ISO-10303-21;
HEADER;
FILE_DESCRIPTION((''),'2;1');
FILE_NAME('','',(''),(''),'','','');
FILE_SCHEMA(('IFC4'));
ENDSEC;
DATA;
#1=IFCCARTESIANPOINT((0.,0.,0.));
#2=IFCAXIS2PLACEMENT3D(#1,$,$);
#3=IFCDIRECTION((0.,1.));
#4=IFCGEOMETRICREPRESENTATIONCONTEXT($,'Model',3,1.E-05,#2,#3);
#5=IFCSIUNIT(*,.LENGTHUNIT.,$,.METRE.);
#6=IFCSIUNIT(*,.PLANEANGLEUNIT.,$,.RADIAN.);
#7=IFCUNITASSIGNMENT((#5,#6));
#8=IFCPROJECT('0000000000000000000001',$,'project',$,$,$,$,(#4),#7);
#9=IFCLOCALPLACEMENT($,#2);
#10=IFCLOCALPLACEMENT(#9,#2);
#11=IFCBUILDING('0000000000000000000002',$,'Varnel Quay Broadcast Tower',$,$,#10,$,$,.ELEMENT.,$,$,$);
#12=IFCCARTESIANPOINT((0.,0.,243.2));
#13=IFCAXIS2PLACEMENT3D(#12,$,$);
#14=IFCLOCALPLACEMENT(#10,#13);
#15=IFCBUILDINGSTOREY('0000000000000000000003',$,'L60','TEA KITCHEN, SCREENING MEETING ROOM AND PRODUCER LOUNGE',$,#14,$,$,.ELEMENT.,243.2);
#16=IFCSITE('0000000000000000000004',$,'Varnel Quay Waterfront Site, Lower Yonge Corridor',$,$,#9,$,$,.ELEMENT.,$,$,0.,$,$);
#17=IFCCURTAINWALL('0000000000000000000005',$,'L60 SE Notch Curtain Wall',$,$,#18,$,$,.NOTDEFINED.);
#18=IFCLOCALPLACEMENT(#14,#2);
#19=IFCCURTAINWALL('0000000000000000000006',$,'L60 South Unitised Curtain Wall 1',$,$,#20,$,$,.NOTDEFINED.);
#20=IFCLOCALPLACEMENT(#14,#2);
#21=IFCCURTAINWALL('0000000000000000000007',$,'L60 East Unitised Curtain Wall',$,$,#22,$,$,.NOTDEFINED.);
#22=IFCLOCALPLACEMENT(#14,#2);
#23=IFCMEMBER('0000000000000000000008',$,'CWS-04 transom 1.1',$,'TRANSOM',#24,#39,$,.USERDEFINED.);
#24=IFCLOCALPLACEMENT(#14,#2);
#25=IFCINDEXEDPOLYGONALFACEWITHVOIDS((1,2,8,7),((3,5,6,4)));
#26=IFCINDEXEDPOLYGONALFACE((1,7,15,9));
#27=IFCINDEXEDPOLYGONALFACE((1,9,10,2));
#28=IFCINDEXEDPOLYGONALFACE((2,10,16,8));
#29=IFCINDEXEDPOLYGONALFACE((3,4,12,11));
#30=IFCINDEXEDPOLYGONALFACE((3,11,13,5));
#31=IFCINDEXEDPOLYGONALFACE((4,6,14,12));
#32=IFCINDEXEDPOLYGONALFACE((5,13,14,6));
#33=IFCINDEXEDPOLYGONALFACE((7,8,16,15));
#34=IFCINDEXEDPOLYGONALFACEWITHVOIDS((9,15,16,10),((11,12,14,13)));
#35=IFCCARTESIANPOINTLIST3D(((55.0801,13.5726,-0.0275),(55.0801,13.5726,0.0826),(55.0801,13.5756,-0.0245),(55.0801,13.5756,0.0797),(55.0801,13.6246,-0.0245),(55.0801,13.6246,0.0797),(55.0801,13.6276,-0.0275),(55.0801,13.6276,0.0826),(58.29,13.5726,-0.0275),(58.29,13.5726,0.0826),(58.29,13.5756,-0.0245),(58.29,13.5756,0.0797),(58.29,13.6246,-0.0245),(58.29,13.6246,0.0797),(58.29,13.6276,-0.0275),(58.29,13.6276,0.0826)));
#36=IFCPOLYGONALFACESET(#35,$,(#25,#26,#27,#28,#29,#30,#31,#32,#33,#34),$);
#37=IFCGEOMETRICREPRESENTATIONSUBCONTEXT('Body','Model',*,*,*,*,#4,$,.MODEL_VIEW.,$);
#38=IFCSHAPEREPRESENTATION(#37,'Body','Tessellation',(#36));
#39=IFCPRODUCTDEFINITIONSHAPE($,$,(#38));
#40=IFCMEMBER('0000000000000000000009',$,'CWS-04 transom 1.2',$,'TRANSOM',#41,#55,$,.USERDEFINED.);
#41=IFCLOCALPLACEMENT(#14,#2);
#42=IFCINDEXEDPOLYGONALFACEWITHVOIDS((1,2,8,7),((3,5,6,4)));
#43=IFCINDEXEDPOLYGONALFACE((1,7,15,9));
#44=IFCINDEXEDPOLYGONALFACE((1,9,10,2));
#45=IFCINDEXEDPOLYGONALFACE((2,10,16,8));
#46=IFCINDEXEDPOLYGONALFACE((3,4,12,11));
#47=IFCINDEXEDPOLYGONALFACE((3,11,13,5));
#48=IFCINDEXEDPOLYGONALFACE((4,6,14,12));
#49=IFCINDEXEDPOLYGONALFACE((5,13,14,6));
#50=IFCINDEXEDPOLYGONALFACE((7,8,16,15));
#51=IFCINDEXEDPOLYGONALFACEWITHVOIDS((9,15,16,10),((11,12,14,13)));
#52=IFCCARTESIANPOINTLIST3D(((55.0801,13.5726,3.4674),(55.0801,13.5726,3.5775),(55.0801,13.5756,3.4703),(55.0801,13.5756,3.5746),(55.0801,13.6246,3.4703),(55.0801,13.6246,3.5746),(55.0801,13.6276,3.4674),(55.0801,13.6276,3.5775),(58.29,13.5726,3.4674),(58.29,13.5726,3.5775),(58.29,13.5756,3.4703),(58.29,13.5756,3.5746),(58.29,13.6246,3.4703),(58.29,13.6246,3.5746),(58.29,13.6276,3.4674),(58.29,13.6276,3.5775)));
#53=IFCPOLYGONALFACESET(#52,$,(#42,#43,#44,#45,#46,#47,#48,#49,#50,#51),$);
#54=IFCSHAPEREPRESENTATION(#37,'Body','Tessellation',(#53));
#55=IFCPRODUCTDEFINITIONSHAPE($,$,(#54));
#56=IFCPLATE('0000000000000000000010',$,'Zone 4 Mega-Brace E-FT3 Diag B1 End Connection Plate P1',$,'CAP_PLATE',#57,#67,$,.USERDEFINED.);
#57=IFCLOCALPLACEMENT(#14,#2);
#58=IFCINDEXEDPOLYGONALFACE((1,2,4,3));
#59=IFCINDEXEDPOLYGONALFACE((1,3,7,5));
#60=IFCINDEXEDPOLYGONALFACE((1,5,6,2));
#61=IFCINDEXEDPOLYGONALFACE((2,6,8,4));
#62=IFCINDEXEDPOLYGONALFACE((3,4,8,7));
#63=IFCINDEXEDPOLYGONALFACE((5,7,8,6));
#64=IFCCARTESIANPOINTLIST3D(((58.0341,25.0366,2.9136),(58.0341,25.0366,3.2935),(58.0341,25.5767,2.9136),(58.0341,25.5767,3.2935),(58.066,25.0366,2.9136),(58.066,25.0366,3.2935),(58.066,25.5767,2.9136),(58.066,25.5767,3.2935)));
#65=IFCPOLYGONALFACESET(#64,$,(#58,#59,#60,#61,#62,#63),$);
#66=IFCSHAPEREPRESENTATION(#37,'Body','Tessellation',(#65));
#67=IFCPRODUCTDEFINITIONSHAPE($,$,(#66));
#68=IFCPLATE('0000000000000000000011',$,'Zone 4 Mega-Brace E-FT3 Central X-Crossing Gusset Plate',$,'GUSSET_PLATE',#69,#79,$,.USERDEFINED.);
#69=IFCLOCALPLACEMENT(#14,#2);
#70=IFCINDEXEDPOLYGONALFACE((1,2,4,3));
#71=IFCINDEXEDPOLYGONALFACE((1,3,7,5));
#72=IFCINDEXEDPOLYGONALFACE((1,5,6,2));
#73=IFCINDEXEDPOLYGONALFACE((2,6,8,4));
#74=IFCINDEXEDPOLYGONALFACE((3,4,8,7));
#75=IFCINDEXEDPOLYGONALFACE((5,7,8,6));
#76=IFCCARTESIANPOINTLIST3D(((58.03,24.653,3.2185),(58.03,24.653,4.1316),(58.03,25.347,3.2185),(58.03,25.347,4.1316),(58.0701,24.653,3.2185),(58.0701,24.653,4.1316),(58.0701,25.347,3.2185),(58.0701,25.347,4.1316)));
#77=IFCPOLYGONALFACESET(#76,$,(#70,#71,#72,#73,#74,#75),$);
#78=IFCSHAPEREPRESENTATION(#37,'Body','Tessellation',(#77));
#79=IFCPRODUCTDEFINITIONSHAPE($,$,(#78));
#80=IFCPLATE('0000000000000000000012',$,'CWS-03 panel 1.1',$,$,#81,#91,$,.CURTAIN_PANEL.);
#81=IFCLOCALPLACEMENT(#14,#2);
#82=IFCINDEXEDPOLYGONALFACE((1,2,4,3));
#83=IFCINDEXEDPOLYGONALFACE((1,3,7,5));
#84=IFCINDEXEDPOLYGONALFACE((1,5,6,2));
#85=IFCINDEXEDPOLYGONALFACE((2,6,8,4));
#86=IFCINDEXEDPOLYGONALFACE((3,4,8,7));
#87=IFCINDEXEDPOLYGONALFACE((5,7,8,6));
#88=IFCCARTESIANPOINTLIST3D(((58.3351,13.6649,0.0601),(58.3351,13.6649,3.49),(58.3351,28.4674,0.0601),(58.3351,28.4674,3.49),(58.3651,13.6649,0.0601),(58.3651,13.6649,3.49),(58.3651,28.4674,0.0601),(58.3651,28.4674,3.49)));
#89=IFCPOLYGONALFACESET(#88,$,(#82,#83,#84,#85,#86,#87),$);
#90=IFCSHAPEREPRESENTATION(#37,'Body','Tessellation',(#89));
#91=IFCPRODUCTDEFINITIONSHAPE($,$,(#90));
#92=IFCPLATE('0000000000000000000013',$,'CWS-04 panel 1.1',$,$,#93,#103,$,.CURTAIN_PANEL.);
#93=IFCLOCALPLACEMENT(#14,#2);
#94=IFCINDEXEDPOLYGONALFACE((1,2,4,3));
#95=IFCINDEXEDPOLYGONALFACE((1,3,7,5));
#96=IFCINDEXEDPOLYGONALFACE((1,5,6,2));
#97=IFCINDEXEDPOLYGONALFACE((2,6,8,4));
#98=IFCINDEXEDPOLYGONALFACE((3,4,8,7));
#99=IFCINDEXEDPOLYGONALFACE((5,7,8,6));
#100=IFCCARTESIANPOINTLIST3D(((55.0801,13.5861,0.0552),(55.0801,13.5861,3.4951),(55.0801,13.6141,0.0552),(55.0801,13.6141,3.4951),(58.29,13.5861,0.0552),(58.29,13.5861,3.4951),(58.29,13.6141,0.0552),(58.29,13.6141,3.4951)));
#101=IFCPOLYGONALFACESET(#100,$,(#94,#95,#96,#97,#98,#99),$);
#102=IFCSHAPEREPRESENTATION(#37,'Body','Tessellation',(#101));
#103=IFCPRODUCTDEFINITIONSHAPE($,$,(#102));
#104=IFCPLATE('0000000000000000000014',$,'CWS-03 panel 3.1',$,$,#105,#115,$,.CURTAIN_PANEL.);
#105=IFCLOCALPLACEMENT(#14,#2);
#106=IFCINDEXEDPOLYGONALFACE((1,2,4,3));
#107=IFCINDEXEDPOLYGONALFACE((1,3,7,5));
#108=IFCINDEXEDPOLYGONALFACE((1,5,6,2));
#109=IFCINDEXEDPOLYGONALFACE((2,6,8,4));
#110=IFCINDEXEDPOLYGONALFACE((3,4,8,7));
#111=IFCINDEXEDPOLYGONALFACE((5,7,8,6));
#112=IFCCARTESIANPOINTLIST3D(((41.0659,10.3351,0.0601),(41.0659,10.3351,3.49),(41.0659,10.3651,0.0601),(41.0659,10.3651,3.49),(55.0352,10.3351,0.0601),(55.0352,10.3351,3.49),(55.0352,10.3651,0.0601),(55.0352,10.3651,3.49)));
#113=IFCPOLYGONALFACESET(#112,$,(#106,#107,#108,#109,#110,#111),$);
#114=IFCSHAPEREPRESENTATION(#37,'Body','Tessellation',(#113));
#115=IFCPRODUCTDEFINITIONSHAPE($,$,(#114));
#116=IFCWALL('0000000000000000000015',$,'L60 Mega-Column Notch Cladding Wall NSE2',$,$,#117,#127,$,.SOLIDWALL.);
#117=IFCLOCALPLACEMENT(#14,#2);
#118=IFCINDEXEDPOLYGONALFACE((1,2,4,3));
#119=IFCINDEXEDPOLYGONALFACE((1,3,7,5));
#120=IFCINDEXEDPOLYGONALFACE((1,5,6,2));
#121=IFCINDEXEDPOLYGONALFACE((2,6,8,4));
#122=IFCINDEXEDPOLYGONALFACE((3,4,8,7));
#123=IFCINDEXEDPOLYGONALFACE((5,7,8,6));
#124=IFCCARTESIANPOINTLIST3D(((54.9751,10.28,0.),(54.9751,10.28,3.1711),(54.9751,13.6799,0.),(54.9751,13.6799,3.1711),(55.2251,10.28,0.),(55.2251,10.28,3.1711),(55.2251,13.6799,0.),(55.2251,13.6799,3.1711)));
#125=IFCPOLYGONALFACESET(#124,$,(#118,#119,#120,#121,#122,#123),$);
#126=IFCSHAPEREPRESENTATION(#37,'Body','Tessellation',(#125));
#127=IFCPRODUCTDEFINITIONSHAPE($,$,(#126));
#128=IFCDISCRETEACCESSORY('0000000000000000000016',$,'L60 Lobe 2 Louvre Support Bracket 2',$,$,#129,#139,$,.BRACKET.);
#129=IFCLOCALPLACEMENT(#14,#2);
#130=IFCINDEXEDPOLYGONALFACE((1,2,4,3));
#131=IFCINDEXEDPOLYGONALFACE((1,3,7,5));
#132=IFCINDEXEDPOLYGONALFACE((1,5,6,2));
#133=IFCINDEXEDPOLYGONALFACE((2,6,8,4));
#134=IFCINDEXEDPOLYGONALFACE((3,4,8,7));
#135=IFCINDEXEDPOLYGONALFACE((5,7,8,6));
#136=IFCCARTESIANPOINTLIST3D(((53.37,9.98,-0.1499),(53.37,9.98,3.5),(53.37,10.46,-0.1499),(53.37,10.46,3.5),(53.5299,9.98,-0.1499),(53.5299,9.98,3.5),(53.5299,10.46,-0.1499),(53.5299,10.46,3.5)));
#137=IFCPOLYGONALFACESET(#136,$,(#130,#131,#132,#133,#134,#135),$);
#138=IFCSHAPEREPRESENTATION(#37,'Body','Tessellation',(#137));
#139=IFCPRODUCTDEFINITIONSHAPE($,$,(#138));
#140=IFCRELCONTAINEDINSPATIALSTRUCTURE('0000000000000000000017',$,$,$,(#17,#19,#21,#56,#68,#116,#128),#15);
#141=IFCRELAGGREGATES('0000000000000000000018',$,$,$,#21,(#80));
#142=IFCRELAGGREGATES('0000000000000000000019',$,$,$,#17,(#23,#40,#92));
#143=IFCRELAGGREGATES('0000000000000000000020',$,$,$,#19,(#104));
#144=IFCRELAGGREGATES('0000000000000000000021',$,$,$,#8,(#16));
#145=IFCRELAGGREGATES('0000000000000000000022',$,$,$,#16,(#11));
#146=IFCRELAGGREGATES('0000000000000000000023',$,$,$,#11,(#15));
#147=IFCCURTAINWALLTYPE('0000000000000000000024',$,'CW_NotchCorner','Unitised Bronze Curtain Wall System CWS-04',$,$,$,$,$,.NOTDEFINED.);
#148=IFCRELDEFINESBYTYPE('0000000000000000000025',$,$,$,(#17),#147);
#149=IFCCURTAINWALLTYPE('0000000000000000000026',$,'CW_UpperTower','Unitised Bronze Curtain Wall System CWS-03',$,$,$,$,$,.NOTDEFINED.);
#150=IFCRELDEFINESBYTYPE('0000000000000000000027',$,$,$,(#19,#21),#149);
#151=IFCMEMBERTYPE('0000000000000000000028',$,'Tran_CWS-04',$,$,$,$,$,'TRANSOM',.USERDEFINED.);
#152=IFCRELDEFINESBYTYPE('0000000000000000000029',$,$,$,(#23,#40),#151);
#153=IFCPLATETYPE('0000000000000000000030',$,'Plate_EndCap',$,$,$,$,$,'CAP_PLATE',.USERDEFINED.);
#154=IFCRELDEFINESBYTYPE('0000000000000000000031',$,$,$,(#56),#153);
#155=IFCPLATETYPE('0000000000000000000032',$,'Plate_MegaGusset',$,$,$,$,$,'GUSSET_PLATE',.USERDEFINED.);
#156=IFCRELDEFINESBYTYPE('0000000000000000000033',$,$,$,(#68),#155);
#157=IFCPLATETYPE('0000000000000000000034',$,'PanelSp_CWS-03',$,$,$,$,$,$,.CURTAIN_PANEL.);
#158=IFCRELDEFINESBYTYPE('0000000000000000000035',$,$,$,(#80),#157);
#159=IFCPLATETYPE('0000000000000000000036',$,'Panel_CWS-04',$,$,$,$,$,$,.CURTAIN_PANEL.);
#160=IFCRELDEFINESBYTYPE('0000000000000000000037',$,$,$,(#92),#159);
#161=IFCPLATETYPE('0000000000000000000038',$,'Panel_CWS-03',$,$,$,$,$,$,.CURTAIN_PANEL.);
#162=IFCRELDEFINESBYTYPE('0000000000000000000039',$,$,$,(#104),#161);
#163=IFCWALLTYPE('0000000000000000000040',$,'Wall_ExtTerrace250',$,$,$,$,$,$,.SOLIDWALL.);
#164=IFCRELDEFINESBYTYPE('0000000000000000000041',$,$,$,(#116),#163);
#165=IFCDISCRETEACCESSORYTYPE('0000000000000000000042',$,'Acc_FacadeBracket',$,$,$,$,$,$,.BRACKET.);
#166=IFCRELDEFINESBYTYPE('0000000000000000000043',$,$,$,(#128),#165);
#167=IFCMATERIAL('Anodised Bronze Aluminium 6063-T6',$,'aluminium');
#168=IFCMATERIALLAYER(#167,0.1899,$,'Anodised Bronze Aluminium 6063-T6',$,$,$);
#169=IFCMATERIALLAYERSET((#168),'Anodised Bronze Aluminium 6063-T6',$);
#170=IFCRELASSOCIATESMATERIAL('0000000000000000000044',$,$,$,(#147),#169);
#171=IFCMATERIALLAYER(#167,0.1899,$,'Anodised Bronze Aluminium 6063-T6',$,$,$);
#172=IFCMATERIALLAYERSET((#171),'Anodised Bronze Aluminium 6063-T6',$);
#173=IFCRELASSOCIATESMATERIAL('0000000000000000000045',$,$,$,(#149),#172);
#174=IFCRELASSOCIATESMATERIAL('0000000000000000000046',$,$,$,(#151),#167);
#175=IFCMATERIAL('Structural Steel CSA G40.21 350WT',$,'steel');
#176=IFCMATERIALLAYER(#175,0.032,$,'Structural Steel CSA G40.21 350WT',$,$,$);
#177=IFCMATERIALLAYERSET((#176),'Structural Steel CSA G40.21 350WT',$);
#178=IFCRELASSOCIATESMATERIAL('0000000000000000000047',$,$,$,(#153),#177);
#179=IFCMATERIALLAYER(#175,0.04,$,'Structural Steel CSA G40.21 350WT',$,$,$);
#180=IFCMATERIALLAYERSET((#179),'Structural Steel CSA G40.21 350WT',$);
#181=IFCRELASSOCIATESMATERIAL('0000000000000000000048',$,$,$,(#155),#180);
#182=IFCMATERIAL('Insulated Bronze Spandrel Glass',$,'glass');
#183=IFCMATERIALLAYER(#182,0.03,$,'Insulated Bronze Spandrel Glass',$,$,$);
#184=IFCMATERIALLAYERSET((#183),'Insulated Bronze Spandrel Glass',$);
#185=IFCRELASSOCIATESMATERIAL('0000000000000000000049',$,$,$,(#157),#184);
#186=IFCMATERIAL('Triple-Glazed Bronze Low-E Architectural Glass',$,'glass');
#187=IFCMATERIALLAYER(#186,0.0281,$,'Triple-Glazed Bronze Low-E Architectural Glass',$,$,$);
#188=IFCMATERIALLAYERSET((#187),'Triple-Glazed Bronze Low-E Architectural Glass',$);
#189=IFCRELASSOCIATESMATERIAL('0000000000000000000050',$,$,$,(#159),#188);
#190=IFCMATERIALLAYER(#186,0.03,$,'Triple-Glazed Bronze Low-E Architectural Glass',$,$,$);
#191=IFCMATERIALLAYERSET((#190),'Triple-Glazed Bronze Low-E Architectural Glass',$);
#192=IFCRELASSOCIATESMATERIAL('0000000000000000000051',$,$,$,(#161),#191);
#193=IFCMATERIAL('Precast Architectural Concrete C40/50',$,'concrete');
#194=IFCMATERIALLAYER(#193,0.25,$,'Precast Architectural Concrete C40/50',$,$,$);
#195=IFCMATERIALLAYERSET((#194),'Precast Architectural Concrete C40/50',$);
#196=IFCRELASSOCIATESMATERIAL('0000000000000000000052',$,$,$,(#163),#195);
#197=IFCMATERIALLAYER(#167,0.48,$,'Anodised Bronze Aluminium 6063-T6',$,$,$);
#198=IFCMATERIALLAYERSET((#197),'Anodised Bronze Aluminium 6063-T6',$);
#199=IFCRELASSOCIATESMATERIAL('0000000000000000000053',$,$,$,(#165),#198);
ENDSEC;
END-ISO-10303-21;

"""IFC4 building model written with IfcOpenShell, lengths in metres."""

from ifc_helpers import new_model, si_unit, direction, frame, frame_2d, origin, origin_2d, place, context, subcontext, project, spatial, rectangle, hollow_rectangle, extrude, source, transform, mapped, material, layer, layer_set, material_profile, profile_set, type_object, type_shapes, element, aggregate, save


model = new_model("IFC4")

# Units and contexts
model_context = context("Model", 3, precision=1e-05, world=origin(), true_north=direction((0.0, 1.0)))
body_context = subcontext(model_context, "Body", "Model", "MODEL_VIEW")
ifc_project = project(units=[si_unit("LENGTHUNIT", "METRE"), si_unit("PLANEANGLEUNIT", "RADIAN")], contexts=[model_context])

# Site, building, storey
site_placement = place(None, origin())
site = spatial("IfcSite", under=ifc_project, at=site_placement, Name="Varnel Quay Waterfront Site, Lower Yonge Corridor", CompositionType="ELEMENT", RefElevation=0.0)
building_placement = place(site_placement, origin())
building = spatial("IfcBuilding", under=site, at=building_placement, Name="Varnel Quay Broadcast Tower", CompositionType="ELEMENT")
storey_placement = place(building_placement, frame((0.0, 0.0, 243.2)))
storey = spatial("IfcBuildingStorey", under=building, at=storey_placement, Name="L60", Description="TEA KITCHEN, SCREENING MEETING ROOM AND PRODUCER LOUNGE", CompositionType="ELEMENT", Elevation=243.2)

# Shared definitions
ifc_material_1 = material(Name="Structural Steel CSA G40.21 350WT", Category="steel")

# Curtain wall
ifc_material_2 = material(Name="Anodised Bronze Aluminium 6063-T6", Category="aluminium")
ifc_layer_1 = layer(ifc_material_2, 0.1899, Name="Anodised Bronze Aluminium 6063-T6")
ifc_layer_set_1 = layer_set([ifc_layer_1], Name="Anodised Bronze Aluminium 6063-T6")
curtain_wall_type_1 = type_object("IfcCurtainWallType", Name="CW_NotchCorner", Description="Unitised Bronze Curtain Wall System CWS-04", PredefinedType="NOTDEFINED", material=ifc_layer_set_1)
curtain_wall_1_placement = place(storey_placement, origin())
curtain_wall_1 = element("IfcCurtainWall", 1, at=curtain_wall_1_placement, inside=storey, type_object=curtain_wall_type_1, Name="L60 SE Notch Curtain Wall", PredefinedType="NOTDEFINED")

# Curtain wall
ifc_layer_2 = layer(ifc_material_2, 0.1899, Name="Anodised Bronze Aluminium 6063-T6")
ifc_layer_set_2 = layer_set([ifc_layer_2], Name="Anodised Bronze Aluminium 6063-T6")
curtain_wall_type_2 = type_object("IfcCurtainWallType", Name="CW_UpperTower", Description="Unitised Bronze Curtain Wall System CWS-03", PredefinedType="NOTDEFINED", material=ifc_layer_set_2)
curtain_wall_2_placement = place(storey_placement, origin())
curtain_wall_2 = element("IfcCurtainWall", 2, at=curtain_wall_2_placement, inside=storey, type_object=curtain_wall_type_2, Name="L60 South Unitised Curtain Wall 1", PredefinedType="NOTDEFINED")

# Curtain wall
curtain_wall_3_placement = place(storey_placement, origin())
curtain_wall_3 = element("IfcCurtainWall", 3, at=curtain_wall_3_placement, inside=storey, type_object=curtain_wall_type_2, Name="L60 East Unitised Curtain Wall", PredefinedType="NOTDEFINED")

# Members
ifc_material_profile_1 = material_profile(ifc_material_2, hollow_rectangle(XDim=0.0549, YDim=0.1101, WallThickness=0.0029, at=origin_2d()), Name="ALU55X110X3")
ifc_profile_set_1 = profile_set([ifc_material_profile_1], Name="Anodised Bronze Aluminium 6063-T6")
member_type_1 = type_object("IfcMemberType", Name="Tran_CWS-04", ElementType="TRANSOM", PredefinedType="USERDEFINED", material=ifc_profile_set_1)
shared_shape_1 = source(origin(), body_context, "Body", "SweptSolid", [
    extrude(hollow_rectangle(XDim=0.0549, YDim=0.1101, WallThickness=0.0029, at=origin_2d()), origin(), (0.0, 0.0, 1.0), 3.21),
])
type_shapes(member_type_1, [shared_shape_1])
member_1_placement = place(storey_placement, frame((55.0801, 13.6001, 0.0276), z_axis=(1.0, 0.0, 0.0), x_axis=(0.0, 1.0, 0.0)))
member_1 = element("IfcMember", 4, at=member_1_placement, type_object=member_type_1, Name="CWS-04 transom 1.1", ObjectType="TRANSOM", PredefinedType="USERDEFINED", context=body_context, shape_type="MappedRepresentation", body=[
    mapped(shared_shape_1, transform((0.0, 0.0, 0.0), x_axis=(1.0, 0.0, 0.0), y_axis=(0.0, 1.0, 0.0), z_axis=(0.0, 0.0, 1.0), scale=1.0)),
])
member_2_placement = place(storey_placement, frame((55.0801, 13.6001, 3.5225), z_axis=(1.0, 0.0, 0.0), x_axis=(0.0, 1.0, 0.0)))
member_2 = element("IfcMember", 5, at=member_2_placement, type_object=member_type_1, Name="CWS-04 transom 1.2", ObjectType="TRANSOM", PredefinedType="USERDEFINED", context=body_context, shape_type="MappedRepresentation", body=[
    mapped(shared_shape_1, transform((0.0, 0.0, 0.0), x_axis=(1.0, 0.0, 0.0), y_axis=(0.0, 1.0, 0.0), z_axis=(0.0, 0.0, 1.0), scale=1.0)),
])

# Plates
ifc_layer_3 = layer(ifc_material_1, 0.032, Name="Structural Steel CSA G40.21 350WT")
ifc_layer_set_3 = layer_set([ifc_layer_3], Name="Structural Steel CSA G40.21 350WT")
plate_type_1 = type_object("IfcPlateType", Name="Plate_EndCap", ElementType="CAP_PLATE", PredefinedType="USERDEFINED", material=ifc_layer_set_3)
shared_shape_2 = source(origin(), body_context, "Body", "SweptSolid", [
    extrude(rectangle(XDim=0.54, YDim=0.032, at=origin_2d()), origin(), (0.0, 0.0, 1.0), 0.3799),
])
type_shapes(plate_type_1, [shared_shape_2])
plate_1_placement = place(storey_placement, frame((58.05, 25.3066, 2.9136), z_axis=(0.0, 0.0, 1.0), x_axis=(0.0, 1.0, 0.0)))
element("IfcPlate", 6, at=plate_1_placement, inside=storey, type_object=plate_type_1, Name="Zone 4 Mega-Brace E-FT3 Diag B1 End Connection Plate P1", ObjectType="CAP_PLATE", PredefinedType="USERDEFINED", context=body_context, shape_type="MappedRepresentation", body=[
    mapped(shared_shape_2, transform((0.0, 0.0, 0.0), x_axis=(1.0, 0.0, 0.0), y_axis=(0.0, 1.0, 0.0), z_axis=(0.0, 0.0, 1.0), scale=1.0)),
])
ifc_layer_4 = layer(ifc_material_1, 0.04, Name="Structural Steel CSA G40.21 350WT")
ifc_layer_set_4 = layer_set([ifc_layer_4], Name="Structural Steel CSA G40.21 350WT")
plate_type_2 = type_object("IfcPlateType", Name="Plate_MegaGusset", ElementType="GUSSET_PLATE", PredefinedType="USERDEFINED", material=ifc_layer_set_4)
shared_shape_3 = source(origin(), body_context, "Body", "SweptSolid", [
    extrude(rectangle(XDim=0.6941, YDim=0.04, at=origin_2d()), origin(), (0.0, 0.0, 1.0), 0.9131),
])
type_shapes(plate_type_2, [shared_shape_3])
plate_2_placement = place(storey_placement, frame((58.05, 25.0, 3.2185), z_axis=(0.0, 0.0, 1.0), x_axis=(0.0, 1.0, 0.0)))
element("IfcPlate", 7, at=plate_2_placement, inside=storey, type_object=plate_type_2, Name="Zone 4 Mega-Brace E-FT3 Central X-Crossing Gusset Plate", ObjectType="GUSSET_PLATE", PredefinedType="USERDEFINED", context=body_context, shape_type="MappedRepresentation", body=[
    mapped(shared_shape_3, transform((0.0, 0.0, 0.0), x_axis=(1.0, 0.0, 0.0), y_axis=(0.0, 1.0, 0.0), z_axis=(0.0, 0.0, 1.0), scale=1.0)),
])

# Plates
ifc_material_3 = material(Name="Insulated Bronze Spandrel Glass", Category="glass")
ifc_layer_5 = layer(ifc_material_3, 0.03, Name="Insulated Bronze Spandrel Glass")
ifc_layer_set_5 = layer_set([ifc_layer_5], Name="Insulated Bronze Spandrel Glass")
plate_type_3 = type_object("IfcPlateType", Name="PanelSp_CWS-03", PredefinedType="CURTAIN_PANEL", material=ifc_layer_set_5)
shared_shape_4 = source(origin(), body_context, "Body", "SweptSolid", [
    extrude(rectangle(XDim=14.8025, YDim=0.03, at=origin_2d()), origin(), (0.0, 0.0, 1.0), 3.4299),
])
type_shapes(plate_type_3, [shared_shape_4])
plate_3_placement = place(storey_placement, frame((58.3501, 21.0662, 0.0601), z_axis=(0.0, 0.0, 1.0), x_axis=(0.0, 1.0, 0.0)))
plate_3 = element("IfcPlate", 8, at=plate_3_placement, type_object=plate_type_3, Name="CWS-03 panel 1.1", PredefinedType="CURTAIN_PANEL", context=body_context, shape_type="MappedRepresentation", body=[
    mapped(shared_shape_4, transform((0.0, 0.0, 0.0), x_axis=(1.0, 0.0, 0.0), y_axis=(0.0, 1.0, 0.0), z_axis=(0.0, 0.0, 1.0), scale=1.0)),
])
aggregate(curtain_wall_3, [plate_3])
ifc_material_4 = material(Name="Triple-Glazed Bronze Low-E Architectural Glass", Category="glass")
ifc_layer_6 = layer(ifc_material_4, 0.0281, Name="Triple-Glazed Bronze Low-E Architectural Glass")
ifc_layer_set_6 = layer_set([ifc_layer_6], Name="Triple-Glazed Bronze Low-E Architectural Glass")
plate_type_4 = type_object("IfcPlateType", Name="Panel_CWS-04", PredefinedType="CURTAIN_PANEL", material=ifc_layer_set_6)
shared_shape_5 = source(origin(), body_context, "Body", "SweptSolid", [
    extrude(rectangle(XDim=3.21, YDim=0.0281, at=origin_2d()), origin(), (0.0, 0.0, 1.0), 3.4399),
])
type_shapes(plate_type_4, [shared_shape_5])
plate_4_placement = place(storey_placement, frame((56.6851, 13.6001, 0.0552), z_axis=(0.0, 0.0, 1.0), x_axis=(1.0, 0.0, 0.0)))
plate_4 = element("IfcPlate", 9, at=plate_4_placement, type_object=plate_type_4, Name="CWS-04 panel 1.1", PredefinedType="CURTAIN_PANEL", context=body_context, shape_type="MappedRepresentation", body=[
    mapped(shared_shape_5, transform((0.0, 0.0, 0.0), x_axis=(1.0, 0.0, 0.0), y_axis=(0.0, 1.0, 0.0), z_axis=(0.0, 0.0, 1.0), scale=1.0)),
])
aggregate(curtain_wall_1, [member_1, member_2, plate_4])
ifc_layer_7 = layer(ifc_material_4, 0.03, Name="Triple-Glazed Bronze Low-E Architectural Glass")
ifc_layer_set_7 = layer_set([ifc_layer_7], Name="Triple-Glazed Bronze Low-E Architectural Glass")
plate_type_5 = type_object("IfcPlateType", Name="Panel_CWS-03", PredefinedType="CURTAIN_PANEL", material=ifc_layer_set_7)
shared_shape_6 = source(origin(), body_context, "Body", "SweptSolid", [
    extrude(rectangle(XDim=13.9692, YDim=0.03, at=origin_2d()), origin(), (0.0, 0.0, 1.0), 3.4299),
])
type_shapes(plate_type_5, [shared_shape_6])
plate_5_placement = place(storey_placement, frame((48.0505, 10.3501, 0.0601), z_axis=(0.0, 0.0, 1.0), x_axis=(1.0, 0.0, 0.0)))
plate_5 = element("IfcPlate", 10, at=plate_5_placement, type_object=plate_type_5, Name="CWS-03 panel 3.1", PredefinedType="CURTAIN_PANEL", context=body_context, shape_type="MappedRepresentation", body=[
    mapped(shared_shape_6, transform((0.0, 0.0, 0.0), x_axis=(1.0, 0.0, 0.0), y_axis=(0.0, 1.0, 0.0), z_axis=(0.0, 0.0, 1.0), scale=1.0)),
])
aggregate(curtain_wall_2, [plate_5])

# Wall
ifc_material_5 = material(Name="Precast Architectural Concrete C40/50", Category="concrete")
ifc_layer_8 = layer(ifc_material_5, 0.25, Name="Precast Architectural Concrete C40/50")
ifc_layer_set_8 = layer_set([ifc_layer_8], Name="Precast Architectural Concrete C40/50")
wall_type = type_object("IfcWallType", Name="Wall_ExtTerrace250", PredefinedType="SOLIDWALL", material=ifc_layer_set_8)
wall_placement = place(storey_placement, frame((55.1001, 10.28, 0.0), z_axis=(0.0, 0.0, 1.0), x_axis=(0.0, 1.0, 0.0)))
element("IfcWall", 11, at=wall_placement, inside=storey, type_object=wall_type, Name="L60 Mega-Column Notch Cladding Wall NSE2", PredefinedType="SOLIDWALL", context=body_context, shape_type="SweptSolid", body=[
    extrude(rectangle(XDim=3.3999, YDim=0.25, at=frame_2d((1.7, 0.0))), origin(), (0.0, 0.0, 1.0), 3.1711),
])

# Discrete accessory
ifc_layer_9 = layer(ifc_material_2, 0.48, Name="Anodised Bronze Aluminium 6063-T6")
ifc_layer_set_9 = layer_set([ifc_layer_9], Name="Anodised Bronze Aluminium 6063-T6")
discrete_accessory_type = type_object("IfcDiscreteAccessoryType", Name="Acc_FacadeBracket", PredefinedType="BRACKET", material=ifc_layer_set_9)
shared_shape_7 = source(origin(), body_context, "Body", "SweptSolid", [
    extrude(rectangle(XDim=0.1599, YDim=0.48, at=origin_2d()), origin(), (0.0, 0.0, 1.0), 3.6499),
])
type_shapes(discrete_accessory_type, [shared_shape_7])
discrete_accessory_placement = place(storey_placement, frame((53.45, 10.22, -0.1499), z_axis=(0.0, 0.0, 1.0), x_axis=(1.0, 0.0, 0.0)))
element("IfcDiscreteAccessory", 12, at=discrete_accessory_placement, inside=storey, type_object=discrete_accessory_type, Name="L60 Lobe 2 Louvre Support Bracket 2", PredefinedType="BRACKET", context=body_context, shape_type="MappedRepresentation", body=[
    mapped(shared_shape_7, transform((0.0, 0.0, 0.0), x_axis=(1.0, 0.0, 0.0), y_axis=(0.0, 1.0, 0.0), z_axis=(0.0, 0.0, 1.0), scale=1.0)),
])

save(model, "model.ifc")
